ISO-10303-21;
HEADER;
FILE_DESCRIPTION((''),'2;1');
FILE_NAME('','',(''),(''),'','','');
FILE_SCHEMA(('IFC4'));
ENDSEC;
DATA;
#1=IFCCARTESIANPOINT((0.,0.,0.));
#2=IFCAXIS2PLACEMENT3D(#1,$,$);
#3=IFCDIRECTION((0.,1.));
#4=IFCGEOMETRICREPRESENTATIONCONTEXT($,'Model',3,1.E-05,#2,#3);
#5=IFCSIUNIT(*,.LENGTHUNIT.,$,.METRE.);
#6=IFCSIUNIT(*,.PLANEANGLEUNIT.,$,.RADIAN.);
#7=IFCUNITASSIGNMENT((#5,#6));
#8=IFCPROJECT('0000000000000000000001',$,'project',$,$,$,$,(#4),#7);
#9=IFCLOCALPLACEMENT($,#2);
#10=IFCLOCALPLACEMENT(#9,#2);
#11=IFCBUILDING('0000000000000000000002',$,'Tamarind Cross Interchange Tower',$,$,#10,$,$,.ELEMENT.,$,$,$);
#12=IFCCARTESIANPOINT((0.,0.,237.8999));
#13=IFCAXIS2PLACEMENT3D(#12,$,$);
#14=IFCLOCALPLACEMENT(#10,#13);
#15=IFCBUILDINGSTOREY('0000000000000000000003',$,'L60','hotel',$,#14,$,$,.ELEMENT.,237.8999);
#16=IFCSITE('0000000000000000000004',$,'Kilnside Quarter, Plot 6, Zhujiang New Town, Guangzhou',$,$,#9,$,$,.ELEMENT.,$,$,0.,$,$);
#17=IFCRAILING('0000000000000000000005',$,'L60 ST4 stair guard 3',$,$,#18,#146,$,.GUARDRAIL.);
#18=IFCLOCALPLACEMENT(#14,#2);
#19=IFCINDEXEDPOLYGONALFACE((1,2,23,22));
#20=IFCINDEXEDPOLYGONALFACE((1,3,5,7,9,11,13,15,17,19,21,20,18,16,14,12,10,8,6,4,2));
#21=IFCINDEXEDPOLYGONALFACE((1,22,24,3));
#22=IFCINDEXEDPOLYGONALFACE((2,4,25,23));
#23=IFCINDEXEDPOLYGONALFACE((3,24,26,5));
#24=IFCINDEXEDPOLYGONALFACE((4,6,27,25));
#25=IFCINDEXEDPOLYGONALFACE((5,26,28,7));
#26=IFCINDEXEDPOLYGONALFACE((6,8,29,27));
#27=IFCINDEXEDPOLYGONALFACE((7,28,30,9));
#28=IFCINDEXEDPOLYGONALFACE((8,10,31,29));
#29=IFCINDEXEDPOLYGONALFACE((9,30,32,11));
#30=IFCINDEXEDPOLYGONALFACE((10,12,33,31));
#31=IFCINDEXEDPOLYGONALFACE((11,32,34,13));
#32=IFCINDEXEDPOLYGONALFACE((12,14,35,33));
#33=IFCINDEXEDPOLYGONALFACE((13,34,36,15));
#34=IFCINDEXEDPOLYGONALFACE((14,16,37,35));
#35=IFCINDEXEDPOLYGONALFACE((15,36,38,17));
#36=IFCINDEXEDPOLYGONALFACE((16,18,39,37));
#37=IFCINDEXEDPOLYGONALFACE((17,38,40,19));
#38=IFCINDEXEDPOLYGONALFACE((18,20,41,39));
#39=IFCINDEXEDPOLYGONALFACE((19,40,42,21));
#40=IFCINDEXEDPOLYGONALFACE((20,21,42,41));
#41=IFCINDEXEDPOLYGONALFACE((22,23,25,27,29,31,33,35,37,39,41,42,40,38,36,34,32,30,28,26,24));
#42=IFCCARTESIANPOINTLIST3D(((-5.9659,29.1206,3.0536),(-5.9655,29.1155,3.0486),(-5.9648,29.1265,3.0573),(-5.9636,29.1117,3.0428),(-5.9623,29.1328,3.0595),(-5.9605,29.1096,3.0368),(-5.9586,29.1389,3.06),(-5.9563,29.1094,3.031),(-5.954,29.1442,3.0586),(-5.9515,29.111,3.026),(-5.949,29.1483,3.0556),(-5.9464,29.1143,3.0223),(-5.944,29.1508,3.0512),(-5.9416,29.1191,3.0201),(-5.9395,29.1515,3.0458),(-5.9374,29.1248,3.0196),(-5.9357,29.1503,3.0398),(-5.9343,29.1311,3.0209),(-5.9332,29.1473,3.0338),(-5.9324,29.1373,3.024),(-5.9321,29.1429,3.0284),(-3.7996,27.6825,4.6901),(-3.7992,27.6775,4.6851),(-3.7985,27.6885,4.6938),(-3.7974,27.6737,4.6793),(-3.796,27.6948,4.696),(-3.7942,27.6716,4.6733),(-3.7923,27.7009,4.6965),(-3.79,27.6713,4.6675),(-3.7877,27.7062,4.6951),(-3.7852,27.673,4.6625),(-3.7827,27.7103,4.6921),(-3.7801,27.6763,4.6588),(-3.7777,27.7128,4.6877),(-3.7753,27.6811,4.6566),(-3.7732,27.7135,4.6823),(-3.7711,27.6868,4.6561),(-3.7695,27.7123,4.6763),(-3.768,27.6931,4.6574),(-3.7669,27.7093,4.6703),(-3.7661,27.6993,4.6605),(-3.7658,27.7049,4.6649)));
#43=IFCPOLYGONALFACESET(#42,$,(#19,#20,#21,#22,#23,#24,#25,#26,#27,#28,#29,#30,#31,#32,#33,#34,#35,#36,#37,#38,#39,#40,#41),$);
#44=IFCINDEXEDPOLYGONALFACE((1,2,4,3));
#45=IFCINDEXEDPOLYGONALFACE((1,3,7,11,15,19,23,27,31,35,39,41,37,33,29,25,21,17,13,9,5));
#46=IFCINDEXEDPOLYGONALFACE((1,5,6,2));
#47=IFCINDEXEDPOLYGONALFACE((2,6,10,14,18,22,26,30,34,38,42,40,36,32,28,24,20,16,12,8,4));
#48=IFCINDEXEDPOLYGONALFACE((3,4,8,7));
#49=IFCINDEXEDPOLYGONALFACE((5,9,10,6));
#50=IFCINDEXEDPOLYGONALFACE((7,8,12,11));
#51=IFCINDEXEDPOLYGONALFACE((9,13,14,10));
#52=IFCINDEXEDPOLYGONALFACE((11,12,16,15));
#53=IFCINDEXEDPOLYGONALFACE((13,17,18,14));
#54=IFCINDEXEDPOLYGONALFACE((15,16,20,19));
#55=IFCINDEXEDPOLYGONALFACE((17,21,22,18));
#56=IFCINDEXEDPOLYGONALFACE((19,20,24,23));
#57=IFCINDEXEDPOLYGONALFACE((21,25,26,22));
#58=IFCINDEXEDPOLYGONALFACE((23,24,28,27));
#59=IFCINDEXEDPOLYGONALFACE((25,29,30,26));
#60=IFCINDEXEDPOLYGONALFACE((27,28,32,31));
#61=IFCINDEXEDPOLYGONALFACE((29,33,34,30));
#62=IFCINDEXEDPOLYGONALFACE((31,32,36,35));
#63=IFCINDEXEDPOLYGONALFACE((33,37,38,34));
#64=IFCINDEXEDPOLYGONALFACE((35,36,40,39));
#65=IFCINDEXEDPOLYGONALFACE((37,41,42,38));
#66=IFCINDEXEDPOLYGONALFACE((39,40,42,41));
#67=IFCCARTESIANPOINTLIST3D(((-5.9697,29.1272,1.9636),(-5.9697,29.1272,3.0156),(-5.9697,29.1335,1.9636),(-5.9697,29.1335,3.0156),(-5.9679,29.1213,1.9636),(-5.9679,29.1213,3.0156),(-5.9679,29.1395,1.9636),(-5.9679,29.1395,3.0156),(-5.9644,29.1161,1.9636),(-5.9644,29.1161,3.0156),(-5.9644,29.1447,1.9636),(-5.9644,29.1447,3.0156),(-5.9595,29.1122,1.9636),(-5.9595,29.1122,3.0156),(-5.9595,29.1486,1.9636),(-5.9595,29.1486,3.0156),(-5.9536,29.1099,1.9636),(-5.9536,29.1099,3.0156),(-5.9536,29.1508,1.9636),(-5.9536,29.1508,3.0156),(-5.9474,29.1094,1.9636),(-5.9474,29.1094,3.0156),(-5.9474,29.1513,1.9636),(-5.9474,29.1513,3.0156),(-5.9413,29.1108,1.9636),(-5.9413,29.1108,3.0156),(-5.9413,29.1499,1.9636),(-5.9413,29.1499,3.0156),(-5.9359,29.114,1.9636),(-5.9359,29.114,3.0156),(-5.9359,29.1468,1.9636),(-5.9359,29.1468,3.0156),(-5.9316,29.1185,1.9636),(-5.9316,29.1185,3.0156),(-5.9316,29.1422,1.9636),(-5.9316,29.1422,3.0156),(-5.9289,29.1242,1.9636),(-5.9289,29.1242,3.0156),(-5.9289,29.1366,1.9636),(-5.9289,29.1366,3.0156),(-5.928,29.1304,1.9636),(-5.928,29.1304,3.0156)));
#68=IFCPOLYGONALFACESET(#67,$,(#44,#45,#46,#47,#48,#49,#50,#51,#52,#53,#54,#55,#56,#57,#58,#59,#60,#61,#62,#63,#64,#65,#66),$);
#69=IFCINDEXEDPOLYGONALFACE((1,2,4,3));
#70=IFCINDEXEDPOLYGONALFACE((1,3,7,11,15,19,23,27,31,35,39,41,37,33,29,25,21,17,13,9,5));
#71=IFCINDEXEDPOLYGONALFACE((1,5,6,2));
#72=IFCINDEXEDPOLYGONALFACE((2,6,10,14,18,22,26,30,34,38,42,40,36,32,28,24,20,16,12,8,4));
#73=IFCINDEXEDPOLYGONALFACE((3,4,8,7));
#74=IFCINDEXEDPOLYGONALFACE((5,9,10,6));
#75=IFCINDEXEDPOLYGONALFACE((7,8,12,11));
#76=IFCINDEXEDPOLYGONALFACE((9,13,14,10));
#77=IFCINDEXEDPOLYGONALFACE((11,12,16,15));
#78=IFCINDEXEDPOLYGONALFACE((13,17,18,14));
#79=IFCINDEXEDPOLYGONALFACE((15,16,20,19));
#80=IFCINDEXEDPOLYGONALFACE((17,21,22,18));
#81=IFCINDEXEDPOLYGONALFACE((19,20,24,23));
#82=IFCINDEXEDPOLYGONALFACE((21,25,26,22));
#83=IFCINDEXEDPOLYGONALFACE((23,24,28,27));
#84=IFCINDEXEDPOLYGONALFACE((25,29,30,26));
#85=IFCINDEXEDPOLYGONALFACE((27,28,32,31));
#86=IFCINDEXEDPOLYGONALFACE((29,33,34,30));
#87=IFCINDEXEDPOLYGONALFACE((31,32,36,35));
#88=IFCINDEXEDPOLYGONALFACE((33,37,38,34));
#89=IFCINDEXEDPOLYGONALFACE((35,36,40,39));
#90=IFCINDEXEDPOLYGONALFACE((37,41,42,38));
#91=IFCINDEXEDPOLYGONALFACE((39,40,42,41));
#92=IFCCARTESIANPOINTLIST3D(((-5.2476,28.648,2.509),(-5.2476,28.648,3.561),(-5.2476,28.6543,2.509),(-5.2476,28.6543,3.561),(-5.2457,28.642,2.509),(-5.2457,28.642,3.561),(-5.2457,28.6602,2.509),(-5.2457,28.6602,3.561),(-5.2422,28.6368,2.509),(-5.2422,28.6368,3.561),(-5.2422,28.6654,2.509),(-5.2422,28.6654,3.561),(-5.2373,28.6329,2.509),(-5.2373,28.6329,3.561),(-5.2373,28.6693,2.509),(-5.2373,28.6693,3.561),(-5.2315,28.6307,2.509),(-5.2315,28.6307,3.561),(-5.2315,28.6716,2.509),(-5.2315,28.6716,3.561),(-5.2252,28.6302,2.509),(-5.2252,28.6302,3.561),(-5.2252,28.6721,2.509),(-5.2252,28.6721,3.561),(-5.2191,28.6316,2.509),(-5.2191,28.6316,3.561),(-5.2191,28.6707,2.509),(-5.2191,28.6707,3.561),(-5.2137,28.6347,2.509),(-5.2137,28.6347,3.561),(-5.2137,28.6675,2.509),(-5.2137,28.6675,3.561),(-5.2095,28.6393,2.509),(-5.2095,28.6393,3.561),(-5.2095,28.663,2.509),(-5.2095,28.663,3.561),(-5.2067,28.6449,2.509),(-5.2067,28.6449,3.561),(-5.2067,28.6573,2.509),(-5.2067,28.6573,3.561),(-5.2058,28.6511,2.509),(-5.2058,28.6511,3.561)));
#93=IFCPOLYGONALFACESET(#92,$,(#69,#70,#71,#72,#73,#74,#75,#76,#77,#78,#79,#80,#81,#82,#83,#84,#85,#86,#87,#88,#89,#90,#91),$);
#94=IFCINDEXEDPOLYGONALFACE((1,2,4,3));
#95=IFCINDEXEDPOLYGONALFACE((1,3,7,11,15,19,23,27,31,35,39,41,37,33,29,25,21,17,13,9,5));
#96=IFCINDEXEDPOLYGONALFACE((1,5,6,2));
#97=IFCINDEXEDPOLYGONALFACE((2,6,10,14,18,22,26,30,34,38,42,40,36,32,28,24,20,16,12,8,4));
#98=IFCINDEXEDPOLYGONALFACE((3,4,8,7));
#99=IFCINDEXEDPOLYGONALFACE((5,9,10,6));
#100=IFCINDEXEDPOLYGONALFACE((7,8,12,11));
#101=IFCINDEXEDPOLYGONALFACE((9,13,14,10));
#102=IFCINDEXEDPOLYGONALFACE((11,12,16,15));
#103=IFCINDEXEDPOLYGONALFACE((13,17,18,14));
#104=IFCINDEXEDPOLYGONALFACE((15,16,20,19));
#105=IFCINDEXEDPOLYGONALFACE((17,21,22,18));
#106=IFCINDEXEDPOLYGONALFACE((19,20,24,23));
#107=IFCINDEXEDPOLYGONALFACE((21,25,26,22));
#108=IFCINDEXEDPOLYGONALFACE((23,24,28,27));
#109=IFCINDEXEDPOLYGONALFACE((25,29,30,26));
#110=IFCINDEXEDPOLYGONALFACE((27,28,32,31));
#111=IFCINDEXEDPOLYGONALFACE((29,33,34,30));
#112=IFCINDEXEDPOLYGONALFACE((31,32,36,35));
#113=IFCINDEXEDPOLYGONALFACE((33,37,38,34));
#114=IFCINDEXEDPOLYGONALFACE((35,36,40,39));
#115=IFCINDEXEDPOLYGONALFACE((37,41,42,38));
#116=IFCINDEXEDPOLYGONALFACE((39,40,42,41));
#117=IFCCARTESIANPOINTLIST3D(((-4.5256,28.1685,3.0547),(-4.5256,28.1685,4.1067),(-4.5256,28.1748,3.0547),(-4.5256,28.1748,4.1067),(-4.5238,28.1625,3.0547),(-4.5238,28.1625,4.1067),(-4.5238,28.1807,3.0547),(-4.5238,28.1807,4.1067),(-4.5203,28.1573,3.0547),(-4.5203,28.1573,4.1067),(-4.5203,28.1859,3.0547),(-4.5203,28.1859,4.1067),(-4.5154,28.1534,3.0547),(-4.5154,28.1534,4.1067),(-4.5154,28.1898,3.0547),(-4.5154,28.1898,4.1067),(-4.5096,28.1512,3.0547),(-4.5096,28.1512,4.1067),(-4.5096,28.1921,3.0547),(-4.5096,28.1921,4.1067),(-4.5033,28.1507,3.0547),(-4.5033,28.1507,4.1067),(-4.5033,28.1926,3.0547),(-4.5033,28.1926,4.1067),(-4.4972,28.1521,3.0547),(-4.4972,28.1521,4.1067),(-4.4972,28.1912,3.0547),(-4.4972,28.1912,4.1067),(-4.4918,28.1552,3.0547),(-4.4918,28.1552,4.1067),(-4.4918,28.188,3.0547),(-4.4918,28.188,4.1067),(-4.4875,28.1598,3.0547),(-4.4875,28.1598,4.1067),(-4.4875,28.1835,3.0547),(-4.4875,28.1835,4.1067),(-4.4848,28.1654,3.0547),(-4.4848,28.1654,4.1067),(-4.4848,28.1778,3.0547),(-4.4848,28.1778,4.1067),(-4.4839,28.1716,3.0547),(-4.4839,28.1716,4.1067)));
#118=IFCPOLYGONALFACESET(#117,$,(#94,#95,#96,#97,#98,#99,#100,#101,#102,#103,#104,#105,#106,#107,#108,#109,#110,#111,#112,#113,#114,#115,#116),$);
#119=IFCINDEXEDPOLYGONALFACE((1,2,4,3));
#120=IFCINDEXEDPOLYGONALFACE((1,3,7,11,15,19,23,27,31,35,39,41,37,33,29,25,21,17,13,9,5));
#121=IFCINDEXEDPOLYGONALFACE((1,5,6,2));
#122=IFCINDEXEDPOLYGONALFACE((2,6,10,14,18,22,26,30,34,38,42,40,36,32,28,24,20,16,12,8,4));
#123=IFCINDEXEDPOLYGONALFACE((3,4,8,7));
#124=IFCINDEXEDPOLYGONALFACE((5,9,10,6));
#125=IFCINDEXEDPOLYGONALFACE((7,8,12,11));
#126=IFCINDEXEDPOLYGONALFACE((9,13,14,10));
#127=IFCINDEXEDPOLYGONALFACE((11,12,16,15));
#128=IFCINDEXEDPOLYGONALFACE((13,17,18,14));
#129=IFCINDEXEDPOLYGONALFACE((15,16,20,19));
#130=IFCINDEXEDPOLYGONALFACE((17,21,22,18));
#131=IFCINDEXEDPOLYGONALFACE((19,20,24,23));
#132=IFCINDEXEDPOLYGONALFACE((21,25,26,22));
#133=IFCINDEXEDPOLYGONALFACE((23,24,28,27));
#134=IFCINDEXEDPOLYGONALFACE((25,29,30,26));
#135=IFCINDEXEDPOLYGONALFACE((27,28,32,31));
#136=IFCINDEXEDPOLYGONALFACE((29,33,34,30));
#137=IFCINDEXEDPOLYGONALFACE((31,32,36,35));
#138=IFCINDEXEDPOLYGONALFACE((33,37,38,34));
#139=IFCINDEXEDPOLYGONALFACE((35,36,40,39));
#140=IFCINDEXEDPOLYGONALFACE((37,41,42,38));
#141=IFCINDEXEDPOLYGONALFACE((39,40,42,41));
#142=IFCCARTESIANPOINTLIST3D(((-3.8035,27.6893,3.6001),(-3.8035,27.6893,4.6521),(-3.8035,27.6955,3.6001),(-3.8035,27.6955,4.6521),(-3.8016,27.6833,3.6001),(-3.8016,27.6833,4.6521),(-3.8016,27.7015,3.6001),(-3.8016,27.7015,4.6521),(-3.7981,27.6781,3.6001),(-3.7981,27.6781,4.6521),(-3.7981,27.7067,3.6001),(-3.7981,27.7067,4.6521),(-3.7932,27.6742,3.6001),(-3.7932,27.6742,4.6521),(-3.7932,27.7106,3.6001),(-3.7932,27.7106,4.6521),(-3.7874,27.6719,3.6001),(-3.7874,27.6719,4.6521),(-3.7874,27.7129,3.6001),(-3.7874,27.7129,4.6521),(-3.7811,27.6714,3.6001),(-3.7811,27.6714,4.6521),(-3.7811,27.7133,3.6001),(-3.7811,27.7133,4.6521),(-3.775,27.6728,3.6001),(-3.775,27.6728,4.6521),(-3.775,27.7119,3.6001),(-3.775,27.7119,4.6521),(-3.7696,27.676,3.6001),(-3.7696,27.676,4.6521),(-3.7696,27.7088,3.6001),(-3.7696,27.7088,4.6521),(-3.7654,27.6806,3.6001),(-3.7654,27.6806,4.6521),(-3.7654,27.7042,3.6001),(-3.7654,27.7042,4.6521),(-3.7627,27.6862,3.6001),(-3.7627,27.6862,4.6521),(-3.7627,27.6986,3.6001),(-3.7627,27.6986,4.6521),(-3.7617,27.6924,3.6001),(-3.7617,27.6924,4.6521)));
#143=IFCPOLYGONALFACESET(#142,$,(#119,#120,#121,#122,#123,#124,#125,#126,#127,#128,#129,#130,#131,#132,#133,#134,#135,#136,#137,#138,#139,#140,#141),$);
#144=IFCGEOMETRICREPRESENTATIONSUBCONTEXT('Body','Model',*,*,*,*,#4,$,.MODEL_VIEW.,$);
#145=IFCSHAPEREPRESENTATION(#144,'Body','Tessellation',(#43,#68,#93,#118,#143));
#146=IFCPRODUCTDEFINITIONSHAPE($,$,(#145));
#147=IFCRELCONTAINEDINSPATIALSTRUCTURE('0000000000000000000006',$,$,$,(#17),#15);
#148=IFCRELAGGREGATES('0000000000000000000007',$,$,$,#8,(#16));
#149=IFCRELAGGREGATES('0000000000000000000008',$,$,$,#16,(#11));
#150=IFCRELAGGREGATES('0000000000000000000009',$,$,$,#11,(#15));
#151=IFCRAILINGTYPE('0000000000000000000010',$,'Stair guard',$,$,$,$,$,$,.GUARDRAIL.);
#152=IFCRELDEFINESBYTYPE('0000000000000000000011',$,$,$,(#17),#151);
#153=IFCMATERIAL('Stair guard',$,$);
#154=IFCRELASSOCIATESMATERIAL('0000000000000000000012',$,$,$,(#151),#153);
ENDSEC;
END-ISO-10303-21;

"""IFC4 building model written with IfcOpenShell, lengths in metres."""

from ifc_helpers import new_model, si_unit, direction, frame, origin, origin_2d, place, context, subcontext, project, spatial, circle, extrude, material, type_object, element, save


model = new_model("IFC4")

# Units and contexts
model_context = context("Model", 3, precision=1e-05, world=origin(), true_north=direction((0.0, 1.0)))
body_context = subcontext(model_context, "Body", "Model", "MODEL_VIEW")
ifc_project = project(units=[si_unit("LENGTHUNIT", "METRE"), si_unit("PLANEANGLEUNIT", "RADIAN")], contexts=[model_context])

# Site, building, storey
site_placement = place(None, origin())
site = spatial("IfcSite", under=ifc_project, at=site_placement, Name="Kilnside Quarter, Plot 6, Zhujiang New Town, Guangzhou", CompositionType="ELEMENT", RefElevation=0.0)
building_placement = place(site_placement, origin())
building = spatial("IfcBuilding", under=site, at=building_placement, Name="Tamarind Cross Interchange Tower", CompositionType="ELEMENT")
storey_placement = place(building_placement, frame((0.0, 0.0, 237.8999)))
storey = spatial("IfcBuildingStorey", under=building, at=storey_placement, Name="L60", Description="hotel", CompositionType="ELEMENT", Elevation=237.8999)

# Railing
ifc_material_1 = material(Name="Stair guard")
railing_type_1 = type_object("IfcRailingType", Name="Stair guard", PredefinedType="GUARDRAIL", material=ifc_material_1)
railing_1_placement = place(storey_placement, frame((-5.949, 29.1304, 1.9636)))
element("IfcRailing", 1, at=railing_1_placement, inside=storey, type_object=railing_type_1, Name="L60 ST4 stair guard 3", PredefinedType="GUARDRAIL", context=body_context, shape_type="SweptSolid", body=[
    extrude(circle(Radius=0.0239, at=origin_2d()), frame((0.0, 0.0, 1.0762), z_axis=(0.705112, -0.468061, 0.532668), x_axis=(0.553052, 0.833147, 0.0)), (0.0, 0.0, 1.0), 3.0723),
    extrude(circle(Radius=0.021, at=origin_2d()), origin(), (0.0, 0.0, 1.0), 1.052),
    extrude(circle(Radius=0.021, at=origin_2d()), frame((0.7222, -0.4792, 0.5454)), (0.0, 0.0, 1.0), 1.052),
    extrude(circle(Radius=0.021, at=origin_2d()), frame((1.4441, -0.9587, 1.0911)), (0.0, 0.0, 1.0), 1.052),
    extrude(circle(Radius=0.021, at=origin_2d()), frame((2.1663, -1.438, 1.6365)), (0.0, 0.0, 1.0), 1.052),
])

save(model, "model.ifc")
